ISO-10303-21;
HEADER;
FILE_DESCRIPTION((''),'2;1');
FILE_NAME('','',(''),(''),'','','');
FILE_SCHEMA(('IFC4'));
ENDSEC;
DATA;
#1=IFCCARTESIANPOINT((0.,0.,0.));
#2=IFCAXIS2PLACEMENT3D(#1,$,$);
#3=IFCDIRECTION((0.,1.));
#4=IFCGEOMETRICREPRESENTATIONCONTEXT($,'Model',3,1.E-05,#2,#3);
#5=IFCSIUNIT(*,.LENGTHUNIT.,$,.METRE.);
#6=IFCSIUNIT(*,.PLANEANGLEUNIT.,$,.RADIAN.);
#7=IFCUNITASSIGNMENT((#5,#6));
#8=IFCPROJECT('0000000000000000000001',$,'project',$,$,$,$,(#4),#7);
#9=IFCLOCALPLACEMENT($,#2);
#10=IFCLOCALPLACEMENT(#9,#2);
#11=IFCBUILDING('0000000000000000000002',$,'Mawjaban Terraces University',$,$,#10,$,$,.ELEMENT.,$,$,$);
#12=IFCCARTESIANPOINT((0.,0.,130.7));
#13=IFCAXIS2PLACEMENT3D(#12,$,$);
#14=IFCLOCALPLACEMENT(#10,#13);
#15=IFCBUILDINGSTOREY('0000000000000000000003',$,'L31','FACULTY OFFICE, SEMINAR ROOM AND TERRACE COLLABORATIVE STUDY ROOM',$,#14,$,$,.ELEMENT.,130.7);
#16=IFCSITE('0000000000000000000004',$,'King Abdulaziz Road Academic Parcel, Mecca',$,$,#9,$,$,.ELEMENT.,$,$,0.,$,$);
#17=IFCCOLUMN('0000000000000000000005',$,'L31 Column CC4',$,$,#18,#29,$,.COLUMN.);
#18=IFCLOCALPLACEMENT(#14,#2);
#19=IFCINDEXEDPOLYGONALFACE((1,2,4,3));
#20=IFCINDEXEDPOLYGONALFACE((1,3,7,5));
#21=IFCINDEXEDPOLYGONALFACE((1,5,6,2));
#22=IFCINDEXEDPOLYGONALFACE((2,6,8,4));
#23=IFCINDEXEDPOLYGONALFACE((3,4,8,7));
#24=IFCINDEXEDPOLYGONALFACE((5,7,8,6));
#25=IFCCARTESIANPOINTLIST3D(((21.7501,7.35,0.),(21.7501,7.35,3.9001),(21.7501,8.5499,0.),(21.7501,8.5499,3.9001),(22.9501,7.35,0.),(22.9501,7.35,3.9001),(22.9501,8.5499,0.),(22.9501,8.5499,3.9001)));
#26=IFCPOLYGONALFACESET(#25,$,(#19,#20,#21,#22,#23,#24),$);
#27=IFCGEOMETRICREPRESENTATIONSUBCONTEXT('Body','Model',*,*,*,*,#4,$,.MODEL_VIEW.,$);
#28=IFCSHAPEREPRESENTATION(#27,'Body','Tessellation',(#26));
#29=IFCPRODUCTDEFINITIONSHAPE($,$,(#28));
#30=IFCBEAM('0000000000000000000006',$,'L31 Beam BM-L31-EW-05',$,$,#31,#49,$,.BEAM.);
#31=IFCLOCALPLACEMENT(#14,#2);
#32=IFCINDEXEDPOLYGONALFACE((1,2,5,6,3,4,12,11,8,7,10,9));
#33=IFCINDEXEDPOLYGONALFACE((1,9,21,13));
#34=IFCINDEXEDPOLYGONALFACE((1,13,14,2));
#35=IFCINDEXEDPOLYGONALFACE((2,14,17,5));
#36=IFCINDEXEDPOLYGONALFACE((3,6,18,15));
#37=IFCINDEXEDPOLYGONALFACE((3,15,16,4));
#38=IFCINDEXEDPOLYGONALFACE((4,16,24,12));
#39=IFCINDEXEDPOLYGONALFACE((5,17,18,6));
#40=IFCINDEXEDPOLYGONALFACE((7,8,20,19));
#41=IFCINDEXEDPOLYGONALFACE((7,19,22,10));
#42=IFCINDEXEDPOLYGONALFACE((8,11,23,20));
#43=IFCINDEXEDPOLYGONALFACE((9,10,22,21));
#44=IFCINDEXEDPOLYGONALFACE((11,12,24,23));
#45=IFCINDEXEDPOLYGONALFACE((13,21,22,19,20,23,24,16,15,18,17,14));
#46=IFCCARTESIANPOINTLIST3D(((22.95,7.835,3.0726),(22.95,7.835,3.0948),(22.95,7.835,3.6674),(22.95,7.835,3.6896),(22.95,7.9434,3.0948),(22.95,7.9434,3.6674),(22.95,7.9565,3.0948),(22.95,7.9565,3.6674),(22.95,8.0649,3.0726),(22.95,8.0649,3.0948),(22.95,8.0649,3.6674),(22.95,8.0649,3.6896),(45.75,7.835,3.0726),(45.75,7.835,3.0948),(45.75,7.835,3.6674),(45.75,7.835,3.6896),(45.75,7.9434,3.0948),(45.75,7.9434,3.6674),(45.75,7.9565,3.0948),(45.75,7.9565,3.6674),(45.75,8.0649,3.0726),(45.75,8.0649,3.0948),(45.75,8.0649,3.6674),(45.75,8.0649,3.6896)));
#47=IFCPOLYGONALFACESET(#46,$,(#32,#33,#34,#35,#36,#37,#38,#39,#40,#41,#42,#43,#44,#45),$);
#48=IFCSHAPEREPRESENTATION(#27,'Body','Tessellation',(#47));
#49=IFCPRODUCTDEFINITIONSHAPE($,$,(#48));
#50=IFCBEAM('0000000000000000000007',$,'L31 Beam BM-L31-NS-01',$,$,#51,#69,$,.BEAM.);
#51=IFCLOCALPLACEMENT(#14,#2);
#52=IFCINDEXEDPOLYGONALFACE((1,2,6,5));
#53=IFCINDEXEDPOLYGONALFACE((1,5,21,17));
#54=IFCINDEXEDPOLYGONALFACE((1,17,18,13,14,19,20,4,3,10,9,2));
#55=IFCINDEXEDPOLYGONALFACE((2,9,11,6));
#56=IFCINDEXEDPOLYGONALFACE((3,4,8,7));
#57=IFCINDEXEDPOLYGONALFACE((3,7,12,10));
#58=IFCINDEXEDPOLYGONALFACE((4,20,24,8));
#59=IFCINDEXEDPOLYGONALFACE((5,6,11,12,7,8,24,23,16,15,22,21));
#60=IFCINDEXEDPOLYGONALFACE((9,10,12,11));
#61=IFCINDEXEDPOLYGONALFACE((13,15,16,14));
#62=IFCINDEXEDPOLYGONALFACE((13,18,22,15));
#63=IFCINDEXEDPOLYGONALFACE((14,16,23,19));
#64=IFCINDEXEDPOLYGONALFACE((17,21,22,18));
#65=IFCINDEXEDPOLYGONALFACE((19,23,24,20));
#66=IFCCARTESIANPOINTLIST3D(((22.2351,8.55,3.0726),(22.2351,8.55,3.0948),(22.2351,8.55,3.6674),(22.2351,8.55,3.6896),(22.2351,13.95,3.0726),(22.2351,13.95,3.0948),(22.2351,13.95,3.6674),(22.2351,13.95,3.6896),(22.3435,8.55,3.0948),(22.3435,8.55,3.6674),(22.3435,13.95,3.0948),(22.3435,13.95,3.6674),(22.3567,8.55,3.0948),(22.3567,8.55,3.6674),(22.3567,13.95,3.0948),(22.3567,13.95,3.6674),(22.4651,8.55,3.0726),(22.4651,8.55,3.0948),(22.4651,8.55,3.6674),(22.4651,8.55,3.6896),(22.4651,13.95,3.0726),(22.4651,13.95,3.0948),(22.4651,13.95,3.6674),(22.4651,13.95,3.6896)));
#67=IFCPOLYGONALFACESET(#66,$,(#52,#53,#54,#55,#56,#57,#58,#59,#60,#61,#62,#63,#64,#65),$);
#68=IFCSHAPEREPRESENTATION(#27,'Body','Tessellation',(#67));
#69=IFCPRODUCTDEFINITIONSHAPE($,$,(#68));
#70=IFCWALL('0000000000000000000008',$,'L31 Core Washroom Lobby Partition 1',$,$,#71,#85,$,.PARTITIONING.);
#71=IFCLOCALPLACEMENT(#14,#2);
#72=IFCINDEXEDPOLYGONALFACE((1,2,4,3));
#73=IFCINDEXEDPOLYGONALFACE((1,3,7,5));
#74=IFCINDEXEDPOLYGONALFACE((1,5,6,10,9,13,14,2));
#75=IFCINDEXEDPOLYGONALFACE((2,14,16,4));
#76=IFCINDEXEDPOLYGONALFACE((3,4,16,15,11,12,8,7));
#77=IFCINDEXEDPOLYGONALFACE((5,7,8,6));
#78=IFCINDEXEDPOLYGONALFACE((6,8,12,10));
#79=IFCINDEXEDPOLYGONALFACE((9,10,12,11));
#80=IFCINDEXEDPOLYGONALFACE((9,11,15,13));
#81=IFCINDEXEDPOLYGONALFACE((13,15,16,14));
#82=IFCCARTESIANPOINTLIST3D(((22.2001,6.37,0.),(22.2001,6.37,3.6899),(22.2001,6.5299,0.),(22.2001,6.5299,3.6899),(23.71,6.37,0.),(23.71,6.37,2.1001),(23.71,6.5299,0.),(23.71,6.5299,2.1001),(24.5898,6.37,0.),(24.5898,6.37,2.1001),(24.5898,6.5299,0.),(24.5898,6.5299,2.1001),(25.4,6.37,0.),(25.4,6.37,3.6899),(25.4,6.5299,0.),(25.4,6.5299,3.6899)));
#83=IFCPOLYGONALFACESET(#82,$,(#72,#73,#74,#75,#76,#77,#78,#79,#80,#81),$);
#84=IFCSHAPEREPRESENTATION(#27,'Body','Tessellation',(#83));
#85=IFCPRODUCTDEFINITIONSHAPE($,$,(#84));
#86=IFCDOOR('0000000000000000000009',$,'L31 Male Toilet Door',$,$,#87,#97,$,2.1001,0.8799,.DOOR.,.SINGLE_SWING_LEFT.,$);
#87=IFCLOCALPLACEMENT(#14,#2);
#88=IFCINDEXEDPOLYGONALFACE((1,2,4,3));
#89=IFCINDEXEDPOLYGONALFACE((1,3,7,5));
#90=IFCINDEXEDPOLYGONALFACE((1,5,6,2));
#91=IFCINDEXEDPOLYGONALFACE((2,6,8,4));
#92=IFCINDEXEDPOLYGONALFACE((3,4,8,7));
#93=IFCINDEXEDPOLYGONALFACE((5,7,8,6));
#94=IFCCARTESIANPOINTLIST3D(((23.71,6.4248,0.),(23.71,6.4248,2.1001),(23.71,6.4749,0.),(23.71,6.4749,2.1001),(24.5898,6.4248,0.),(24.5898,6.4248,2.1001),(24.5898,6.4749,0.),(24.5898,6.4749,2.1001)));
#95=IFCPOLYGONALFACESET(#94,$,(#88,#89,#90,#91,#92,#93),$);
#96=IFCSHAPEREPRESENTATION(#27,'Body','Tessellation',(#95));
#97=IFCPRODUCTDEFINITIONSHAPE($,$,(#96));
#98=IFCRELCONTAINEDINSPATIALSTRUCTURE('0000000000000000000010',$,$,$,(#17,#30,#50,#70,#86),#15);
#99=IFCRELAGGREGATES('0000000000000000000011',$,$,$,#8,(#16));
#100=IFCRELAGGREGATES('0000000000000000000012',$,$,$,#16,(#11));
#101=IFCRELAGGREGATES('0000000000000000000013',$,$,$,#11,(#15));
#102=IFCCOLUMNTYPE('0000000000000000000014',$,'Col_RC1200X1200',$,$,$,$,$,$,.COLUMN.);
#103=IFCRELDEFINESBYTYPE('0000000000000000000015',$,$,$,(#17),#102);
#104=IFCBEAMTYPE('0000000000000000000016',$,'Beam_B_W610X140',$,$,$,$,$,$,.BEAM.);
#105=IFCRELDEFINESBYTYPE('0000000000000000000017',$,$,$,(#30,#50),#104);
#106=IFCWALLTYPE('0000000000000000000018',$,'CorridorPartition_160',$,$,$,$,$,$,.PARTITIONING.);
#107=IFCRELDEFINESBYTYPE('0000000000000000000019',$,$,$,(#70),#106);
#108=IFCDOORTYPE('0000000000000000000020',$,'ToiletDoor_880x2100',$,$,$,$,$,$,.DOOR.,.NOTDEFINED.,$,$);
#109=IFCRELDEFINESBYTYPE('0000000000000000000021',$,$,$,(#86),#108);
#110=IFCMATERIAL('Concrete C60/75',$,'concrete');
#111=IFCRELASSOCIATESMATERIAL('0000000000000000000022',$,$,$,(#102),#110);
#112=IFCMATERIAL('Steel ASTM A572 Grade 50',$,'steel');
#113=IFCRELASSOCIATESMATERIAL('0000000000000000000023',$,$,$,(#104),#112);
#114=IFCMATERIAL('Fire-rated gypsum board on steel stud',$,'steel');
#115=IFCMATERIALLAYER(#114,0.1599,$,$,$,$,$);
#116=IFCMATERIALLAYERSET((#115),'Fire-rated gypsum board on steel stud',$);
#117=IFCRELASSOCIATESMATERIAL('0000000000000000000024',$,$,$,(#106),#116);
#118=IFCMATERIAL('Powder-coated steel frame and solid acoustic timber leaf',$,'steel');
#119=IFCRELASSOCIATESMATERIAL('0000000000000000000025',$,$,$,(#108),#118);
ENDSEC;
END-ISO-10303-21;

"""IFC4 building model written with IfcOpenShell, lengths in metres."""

from ifc_helpers import new_model, si_unit, direction, frame, frame_2d, origin, origin_2d, place, context, subcontext, project, spatial, rectangle, i_section, extrude, material, layer, layer_set, material_profile, profile_set, type_object, element, fill, save


model = new_model("IFC4")

# Units and contexts
model_context = context("Model", 3, precision=1e-05, world=origin(), true_north=direction((0.0, 1.0)))
body_context = subcontext(model_context, "Body", "Model", "MODEL_VIEW")
ifc_project = project(units=[si_unit("LENGTHUNIT", "METRE"), si_unit("PLANEANGLEUNIT", "RADIAN")], contexts=[model_context])

# Site, building, storey
site_placement = place(None, origin())
site = spatial("IfcSite", under=ifc_project, at=site_placement, Name="King Abdulaziz Road Academic Parcel, Mecca", CompositionType="ELEMENT", RefElevation=0.0)
building_placement = place(site_placement, origin())
building = spatial("IfcBuilding", under=site, at=building_placement, Name="Mawjaban Terraces University", CompositionType="ELEMENT")
storey_placement = place(building_placement, frame((0.0, 0.0, 130.7)))
storey = spatial("IfcBuildingStorey", under=building, at=storey_placement, Name="L31", Description="FACULTY OFFICE, SEMINAR ROOM AND TERRACE COLLABORATIVE STUDY ROOM", CompositionType="ELEMENT", Elevation=130.7)

# Column
ifc_material_1 = material(Name="Concrete C60/75", Category="concrete")
ifc_material_profile_1 = material_profile(ifc_material_1, rectangle(XDim=1.2, YDim=1.2, at=origin_2d()), Name="RC1200X1200")
ifc_profile_set_1 = profile_set([ifc_material_profile_1], Name="Concrete C60/75")
column_type = type_object("IfcColumnType", Name="Col_RC1200X1200", PredefinedType="COLUMN", material=ifc_profile_set_1)
column_placement = place(storey_placement, frame((22.3501, 7.95, 0.0), z_axis=(0.0, 0.0, 1.0), x_axis=(1.0, 0.0, 0.0)))
element("IfcColumn", 1, at=column_placement, inside=storey, type_object=column_type, Name="L31 Column CC4", PredefinedType="COLUMN", context=body_context, shape_type="SweptSolid", body=[
    extrude(rectangle(XDim=1.2, YDim=1.2, at=origin_2d()), origin(), (0.0, 0.0, 1.0), 3.9001),
])

# Beams
ifc_material_2 = material(Name="Steel ASTM A572 Grade 50", Category="steel")
ifc_material_profile_2 = material_profile(ifc_material_2, i_section(OverallWidth=0.23, OverallDepth=0.6169, WebThickness=0.0132, FlangeThickness=0.0222, at=origin_2d()), Name="W610X140")
ifc_profile_set_2 = profile_set([ifc_material_profile_2], Name="Steel ASTM A572 Grade 50")
beam_type = type_object("IfcBeamType", Name="Beam_B_W610X140", PredefinedType="BEAM", material=ifc_profile_set_2)
beam_1_placement = place(storey_placement, frame((22.95, 7.95, 3.3811), z_axis=(1.0, 0.0, 0.0), x_axis=(0.0, 1.0, 0.0)))
element("IfcBeam", 2, at=beam_1_placement, inside=storey, type_object=beam_type, Name="L31 Beam BM-L31-EW-05", PredefinedType="BEAM", context=body_context, shape_type="SweptSolid", body=[
    extrude(i_section(OverallWidth=0.23, OverallDepth=0.6169, WebThickness=0.0132, FlangeThickness=0.0222, at=origin_2d()), origin(), (0.0, 0.0, 1.0), 22.8),
])
beam_2_placement = place(storey_placement, frame((22.3501, 8.55, 3.3811), z_axis=(0.0, 1.0, 0.0), x_axis=(-1.0, 0.0, 0.0)))
element("IfcBeam", 3, at=beam_2_placement, inside=storey, type_object=beam_type, Name="L31 Beam BM-L31-NS-01", PredefinedType="BEAM", context=body_context, shape_type="SweptSolid", body=[
    extrude(i_section(OverallWidth=0.23, OverallDepth=0.6169, WebThickness=0.0132, FlangeThickness=0.0222, at=origin_2d()), origin(), (0.0, 0.0, 1.0), 5.3999),
])

# Wall, opening, door
ifc_material_3 = material(Name="Fire-rated gypsum board on steel stud", Category="steel")
ifc_layer_1 = layer(ifc_material_3, 0.1599)
ifc_layer_set_1 = layer_set([ifc_layer_1], Name="Fire-rated gypsum board on steel stud")
wall_type_1 = type_object("IfcWallType", Name="CorridorPartition_160", PredefinedType="PARTITIONING", material=ifc_layer_set_1)
wall_1_placement = place(storey_placement, frame((22.2, 6.45, 0.0), z_axis=(0.0, 0.0, 1.0), x_axis=(1.0, 0.0, 0.0)))
wall_1 = element("IfcWall", 4, at=wall_1_placement, inside=storey, type_object=wall_type_1, Name="L31 Core Washroom Lobby Partition 1", PredefinedType="PARTITIONING", context=body_context, shape_type="SweptSolid", body=[
    extrude(rectangle(XDim=3.2, YDim=0.1599, at=frame_2d((1.6001, 0.0))), origin(), (0.0, 0.0, 1.0), 3.6899),
])
opening_1_placement = place(wall_1_placement, frame((1.51, 0.0, 0.0)))
opening_1 = element("IfcOpeningElement", 5, at=opening_1_placement, cuts=wall_1, PredefinedType="OPENING", context=body_context, shape_type="SweptSolid", body=[
    extrude(rectangle(XDim=0.8799, YDim=2.1001, at=frame_2d((0.4399, 1.05))), frame((0.0, 0.0898, 0.0), z_axis=(0.0, -1.0, 0.0), x_axis=(1.0, 0.0, 0.0)), (0.0, 0.0, 1.0), 0.1799),
])
ifc_material_4 = material(Name="Powder-coated steel frame and solid acoustic timber leaf", Category="steel")
door_type = type_object("IfcDoorType", Name="ToiletDoor_880x2100", OperationType="NOTDEFINED", PredefinedType="DOOR", material=ifc_material_4)
door_placement = place(opening_1_placement, origin())
door = element("IfcDoor", 6, at=door_placement, inside=storey, type_object=door_type, Name="L31 Male Toilet Door", OperationType="SINGLE_SWING_LEFT", OverallHeight=2.1001, OverallWidth=0.8799, PredefinedType="DOOR", context=body_context, shape_type="SweptSolid", body=[
    extrude(rectangle(XDim=0.8799, YDim=2.1001, at=frame_2d((0.4399, 1.05))), frame((0.0, 0.0249, 0.0), z_axis=(0.0, -1.0, 0.0), x_axis=(1.0, 0.0, 0.0)), (0.0, 0.0, 1.0), 0.05),
])
fill(opening_1, door)

save(model, "model.ifc")
